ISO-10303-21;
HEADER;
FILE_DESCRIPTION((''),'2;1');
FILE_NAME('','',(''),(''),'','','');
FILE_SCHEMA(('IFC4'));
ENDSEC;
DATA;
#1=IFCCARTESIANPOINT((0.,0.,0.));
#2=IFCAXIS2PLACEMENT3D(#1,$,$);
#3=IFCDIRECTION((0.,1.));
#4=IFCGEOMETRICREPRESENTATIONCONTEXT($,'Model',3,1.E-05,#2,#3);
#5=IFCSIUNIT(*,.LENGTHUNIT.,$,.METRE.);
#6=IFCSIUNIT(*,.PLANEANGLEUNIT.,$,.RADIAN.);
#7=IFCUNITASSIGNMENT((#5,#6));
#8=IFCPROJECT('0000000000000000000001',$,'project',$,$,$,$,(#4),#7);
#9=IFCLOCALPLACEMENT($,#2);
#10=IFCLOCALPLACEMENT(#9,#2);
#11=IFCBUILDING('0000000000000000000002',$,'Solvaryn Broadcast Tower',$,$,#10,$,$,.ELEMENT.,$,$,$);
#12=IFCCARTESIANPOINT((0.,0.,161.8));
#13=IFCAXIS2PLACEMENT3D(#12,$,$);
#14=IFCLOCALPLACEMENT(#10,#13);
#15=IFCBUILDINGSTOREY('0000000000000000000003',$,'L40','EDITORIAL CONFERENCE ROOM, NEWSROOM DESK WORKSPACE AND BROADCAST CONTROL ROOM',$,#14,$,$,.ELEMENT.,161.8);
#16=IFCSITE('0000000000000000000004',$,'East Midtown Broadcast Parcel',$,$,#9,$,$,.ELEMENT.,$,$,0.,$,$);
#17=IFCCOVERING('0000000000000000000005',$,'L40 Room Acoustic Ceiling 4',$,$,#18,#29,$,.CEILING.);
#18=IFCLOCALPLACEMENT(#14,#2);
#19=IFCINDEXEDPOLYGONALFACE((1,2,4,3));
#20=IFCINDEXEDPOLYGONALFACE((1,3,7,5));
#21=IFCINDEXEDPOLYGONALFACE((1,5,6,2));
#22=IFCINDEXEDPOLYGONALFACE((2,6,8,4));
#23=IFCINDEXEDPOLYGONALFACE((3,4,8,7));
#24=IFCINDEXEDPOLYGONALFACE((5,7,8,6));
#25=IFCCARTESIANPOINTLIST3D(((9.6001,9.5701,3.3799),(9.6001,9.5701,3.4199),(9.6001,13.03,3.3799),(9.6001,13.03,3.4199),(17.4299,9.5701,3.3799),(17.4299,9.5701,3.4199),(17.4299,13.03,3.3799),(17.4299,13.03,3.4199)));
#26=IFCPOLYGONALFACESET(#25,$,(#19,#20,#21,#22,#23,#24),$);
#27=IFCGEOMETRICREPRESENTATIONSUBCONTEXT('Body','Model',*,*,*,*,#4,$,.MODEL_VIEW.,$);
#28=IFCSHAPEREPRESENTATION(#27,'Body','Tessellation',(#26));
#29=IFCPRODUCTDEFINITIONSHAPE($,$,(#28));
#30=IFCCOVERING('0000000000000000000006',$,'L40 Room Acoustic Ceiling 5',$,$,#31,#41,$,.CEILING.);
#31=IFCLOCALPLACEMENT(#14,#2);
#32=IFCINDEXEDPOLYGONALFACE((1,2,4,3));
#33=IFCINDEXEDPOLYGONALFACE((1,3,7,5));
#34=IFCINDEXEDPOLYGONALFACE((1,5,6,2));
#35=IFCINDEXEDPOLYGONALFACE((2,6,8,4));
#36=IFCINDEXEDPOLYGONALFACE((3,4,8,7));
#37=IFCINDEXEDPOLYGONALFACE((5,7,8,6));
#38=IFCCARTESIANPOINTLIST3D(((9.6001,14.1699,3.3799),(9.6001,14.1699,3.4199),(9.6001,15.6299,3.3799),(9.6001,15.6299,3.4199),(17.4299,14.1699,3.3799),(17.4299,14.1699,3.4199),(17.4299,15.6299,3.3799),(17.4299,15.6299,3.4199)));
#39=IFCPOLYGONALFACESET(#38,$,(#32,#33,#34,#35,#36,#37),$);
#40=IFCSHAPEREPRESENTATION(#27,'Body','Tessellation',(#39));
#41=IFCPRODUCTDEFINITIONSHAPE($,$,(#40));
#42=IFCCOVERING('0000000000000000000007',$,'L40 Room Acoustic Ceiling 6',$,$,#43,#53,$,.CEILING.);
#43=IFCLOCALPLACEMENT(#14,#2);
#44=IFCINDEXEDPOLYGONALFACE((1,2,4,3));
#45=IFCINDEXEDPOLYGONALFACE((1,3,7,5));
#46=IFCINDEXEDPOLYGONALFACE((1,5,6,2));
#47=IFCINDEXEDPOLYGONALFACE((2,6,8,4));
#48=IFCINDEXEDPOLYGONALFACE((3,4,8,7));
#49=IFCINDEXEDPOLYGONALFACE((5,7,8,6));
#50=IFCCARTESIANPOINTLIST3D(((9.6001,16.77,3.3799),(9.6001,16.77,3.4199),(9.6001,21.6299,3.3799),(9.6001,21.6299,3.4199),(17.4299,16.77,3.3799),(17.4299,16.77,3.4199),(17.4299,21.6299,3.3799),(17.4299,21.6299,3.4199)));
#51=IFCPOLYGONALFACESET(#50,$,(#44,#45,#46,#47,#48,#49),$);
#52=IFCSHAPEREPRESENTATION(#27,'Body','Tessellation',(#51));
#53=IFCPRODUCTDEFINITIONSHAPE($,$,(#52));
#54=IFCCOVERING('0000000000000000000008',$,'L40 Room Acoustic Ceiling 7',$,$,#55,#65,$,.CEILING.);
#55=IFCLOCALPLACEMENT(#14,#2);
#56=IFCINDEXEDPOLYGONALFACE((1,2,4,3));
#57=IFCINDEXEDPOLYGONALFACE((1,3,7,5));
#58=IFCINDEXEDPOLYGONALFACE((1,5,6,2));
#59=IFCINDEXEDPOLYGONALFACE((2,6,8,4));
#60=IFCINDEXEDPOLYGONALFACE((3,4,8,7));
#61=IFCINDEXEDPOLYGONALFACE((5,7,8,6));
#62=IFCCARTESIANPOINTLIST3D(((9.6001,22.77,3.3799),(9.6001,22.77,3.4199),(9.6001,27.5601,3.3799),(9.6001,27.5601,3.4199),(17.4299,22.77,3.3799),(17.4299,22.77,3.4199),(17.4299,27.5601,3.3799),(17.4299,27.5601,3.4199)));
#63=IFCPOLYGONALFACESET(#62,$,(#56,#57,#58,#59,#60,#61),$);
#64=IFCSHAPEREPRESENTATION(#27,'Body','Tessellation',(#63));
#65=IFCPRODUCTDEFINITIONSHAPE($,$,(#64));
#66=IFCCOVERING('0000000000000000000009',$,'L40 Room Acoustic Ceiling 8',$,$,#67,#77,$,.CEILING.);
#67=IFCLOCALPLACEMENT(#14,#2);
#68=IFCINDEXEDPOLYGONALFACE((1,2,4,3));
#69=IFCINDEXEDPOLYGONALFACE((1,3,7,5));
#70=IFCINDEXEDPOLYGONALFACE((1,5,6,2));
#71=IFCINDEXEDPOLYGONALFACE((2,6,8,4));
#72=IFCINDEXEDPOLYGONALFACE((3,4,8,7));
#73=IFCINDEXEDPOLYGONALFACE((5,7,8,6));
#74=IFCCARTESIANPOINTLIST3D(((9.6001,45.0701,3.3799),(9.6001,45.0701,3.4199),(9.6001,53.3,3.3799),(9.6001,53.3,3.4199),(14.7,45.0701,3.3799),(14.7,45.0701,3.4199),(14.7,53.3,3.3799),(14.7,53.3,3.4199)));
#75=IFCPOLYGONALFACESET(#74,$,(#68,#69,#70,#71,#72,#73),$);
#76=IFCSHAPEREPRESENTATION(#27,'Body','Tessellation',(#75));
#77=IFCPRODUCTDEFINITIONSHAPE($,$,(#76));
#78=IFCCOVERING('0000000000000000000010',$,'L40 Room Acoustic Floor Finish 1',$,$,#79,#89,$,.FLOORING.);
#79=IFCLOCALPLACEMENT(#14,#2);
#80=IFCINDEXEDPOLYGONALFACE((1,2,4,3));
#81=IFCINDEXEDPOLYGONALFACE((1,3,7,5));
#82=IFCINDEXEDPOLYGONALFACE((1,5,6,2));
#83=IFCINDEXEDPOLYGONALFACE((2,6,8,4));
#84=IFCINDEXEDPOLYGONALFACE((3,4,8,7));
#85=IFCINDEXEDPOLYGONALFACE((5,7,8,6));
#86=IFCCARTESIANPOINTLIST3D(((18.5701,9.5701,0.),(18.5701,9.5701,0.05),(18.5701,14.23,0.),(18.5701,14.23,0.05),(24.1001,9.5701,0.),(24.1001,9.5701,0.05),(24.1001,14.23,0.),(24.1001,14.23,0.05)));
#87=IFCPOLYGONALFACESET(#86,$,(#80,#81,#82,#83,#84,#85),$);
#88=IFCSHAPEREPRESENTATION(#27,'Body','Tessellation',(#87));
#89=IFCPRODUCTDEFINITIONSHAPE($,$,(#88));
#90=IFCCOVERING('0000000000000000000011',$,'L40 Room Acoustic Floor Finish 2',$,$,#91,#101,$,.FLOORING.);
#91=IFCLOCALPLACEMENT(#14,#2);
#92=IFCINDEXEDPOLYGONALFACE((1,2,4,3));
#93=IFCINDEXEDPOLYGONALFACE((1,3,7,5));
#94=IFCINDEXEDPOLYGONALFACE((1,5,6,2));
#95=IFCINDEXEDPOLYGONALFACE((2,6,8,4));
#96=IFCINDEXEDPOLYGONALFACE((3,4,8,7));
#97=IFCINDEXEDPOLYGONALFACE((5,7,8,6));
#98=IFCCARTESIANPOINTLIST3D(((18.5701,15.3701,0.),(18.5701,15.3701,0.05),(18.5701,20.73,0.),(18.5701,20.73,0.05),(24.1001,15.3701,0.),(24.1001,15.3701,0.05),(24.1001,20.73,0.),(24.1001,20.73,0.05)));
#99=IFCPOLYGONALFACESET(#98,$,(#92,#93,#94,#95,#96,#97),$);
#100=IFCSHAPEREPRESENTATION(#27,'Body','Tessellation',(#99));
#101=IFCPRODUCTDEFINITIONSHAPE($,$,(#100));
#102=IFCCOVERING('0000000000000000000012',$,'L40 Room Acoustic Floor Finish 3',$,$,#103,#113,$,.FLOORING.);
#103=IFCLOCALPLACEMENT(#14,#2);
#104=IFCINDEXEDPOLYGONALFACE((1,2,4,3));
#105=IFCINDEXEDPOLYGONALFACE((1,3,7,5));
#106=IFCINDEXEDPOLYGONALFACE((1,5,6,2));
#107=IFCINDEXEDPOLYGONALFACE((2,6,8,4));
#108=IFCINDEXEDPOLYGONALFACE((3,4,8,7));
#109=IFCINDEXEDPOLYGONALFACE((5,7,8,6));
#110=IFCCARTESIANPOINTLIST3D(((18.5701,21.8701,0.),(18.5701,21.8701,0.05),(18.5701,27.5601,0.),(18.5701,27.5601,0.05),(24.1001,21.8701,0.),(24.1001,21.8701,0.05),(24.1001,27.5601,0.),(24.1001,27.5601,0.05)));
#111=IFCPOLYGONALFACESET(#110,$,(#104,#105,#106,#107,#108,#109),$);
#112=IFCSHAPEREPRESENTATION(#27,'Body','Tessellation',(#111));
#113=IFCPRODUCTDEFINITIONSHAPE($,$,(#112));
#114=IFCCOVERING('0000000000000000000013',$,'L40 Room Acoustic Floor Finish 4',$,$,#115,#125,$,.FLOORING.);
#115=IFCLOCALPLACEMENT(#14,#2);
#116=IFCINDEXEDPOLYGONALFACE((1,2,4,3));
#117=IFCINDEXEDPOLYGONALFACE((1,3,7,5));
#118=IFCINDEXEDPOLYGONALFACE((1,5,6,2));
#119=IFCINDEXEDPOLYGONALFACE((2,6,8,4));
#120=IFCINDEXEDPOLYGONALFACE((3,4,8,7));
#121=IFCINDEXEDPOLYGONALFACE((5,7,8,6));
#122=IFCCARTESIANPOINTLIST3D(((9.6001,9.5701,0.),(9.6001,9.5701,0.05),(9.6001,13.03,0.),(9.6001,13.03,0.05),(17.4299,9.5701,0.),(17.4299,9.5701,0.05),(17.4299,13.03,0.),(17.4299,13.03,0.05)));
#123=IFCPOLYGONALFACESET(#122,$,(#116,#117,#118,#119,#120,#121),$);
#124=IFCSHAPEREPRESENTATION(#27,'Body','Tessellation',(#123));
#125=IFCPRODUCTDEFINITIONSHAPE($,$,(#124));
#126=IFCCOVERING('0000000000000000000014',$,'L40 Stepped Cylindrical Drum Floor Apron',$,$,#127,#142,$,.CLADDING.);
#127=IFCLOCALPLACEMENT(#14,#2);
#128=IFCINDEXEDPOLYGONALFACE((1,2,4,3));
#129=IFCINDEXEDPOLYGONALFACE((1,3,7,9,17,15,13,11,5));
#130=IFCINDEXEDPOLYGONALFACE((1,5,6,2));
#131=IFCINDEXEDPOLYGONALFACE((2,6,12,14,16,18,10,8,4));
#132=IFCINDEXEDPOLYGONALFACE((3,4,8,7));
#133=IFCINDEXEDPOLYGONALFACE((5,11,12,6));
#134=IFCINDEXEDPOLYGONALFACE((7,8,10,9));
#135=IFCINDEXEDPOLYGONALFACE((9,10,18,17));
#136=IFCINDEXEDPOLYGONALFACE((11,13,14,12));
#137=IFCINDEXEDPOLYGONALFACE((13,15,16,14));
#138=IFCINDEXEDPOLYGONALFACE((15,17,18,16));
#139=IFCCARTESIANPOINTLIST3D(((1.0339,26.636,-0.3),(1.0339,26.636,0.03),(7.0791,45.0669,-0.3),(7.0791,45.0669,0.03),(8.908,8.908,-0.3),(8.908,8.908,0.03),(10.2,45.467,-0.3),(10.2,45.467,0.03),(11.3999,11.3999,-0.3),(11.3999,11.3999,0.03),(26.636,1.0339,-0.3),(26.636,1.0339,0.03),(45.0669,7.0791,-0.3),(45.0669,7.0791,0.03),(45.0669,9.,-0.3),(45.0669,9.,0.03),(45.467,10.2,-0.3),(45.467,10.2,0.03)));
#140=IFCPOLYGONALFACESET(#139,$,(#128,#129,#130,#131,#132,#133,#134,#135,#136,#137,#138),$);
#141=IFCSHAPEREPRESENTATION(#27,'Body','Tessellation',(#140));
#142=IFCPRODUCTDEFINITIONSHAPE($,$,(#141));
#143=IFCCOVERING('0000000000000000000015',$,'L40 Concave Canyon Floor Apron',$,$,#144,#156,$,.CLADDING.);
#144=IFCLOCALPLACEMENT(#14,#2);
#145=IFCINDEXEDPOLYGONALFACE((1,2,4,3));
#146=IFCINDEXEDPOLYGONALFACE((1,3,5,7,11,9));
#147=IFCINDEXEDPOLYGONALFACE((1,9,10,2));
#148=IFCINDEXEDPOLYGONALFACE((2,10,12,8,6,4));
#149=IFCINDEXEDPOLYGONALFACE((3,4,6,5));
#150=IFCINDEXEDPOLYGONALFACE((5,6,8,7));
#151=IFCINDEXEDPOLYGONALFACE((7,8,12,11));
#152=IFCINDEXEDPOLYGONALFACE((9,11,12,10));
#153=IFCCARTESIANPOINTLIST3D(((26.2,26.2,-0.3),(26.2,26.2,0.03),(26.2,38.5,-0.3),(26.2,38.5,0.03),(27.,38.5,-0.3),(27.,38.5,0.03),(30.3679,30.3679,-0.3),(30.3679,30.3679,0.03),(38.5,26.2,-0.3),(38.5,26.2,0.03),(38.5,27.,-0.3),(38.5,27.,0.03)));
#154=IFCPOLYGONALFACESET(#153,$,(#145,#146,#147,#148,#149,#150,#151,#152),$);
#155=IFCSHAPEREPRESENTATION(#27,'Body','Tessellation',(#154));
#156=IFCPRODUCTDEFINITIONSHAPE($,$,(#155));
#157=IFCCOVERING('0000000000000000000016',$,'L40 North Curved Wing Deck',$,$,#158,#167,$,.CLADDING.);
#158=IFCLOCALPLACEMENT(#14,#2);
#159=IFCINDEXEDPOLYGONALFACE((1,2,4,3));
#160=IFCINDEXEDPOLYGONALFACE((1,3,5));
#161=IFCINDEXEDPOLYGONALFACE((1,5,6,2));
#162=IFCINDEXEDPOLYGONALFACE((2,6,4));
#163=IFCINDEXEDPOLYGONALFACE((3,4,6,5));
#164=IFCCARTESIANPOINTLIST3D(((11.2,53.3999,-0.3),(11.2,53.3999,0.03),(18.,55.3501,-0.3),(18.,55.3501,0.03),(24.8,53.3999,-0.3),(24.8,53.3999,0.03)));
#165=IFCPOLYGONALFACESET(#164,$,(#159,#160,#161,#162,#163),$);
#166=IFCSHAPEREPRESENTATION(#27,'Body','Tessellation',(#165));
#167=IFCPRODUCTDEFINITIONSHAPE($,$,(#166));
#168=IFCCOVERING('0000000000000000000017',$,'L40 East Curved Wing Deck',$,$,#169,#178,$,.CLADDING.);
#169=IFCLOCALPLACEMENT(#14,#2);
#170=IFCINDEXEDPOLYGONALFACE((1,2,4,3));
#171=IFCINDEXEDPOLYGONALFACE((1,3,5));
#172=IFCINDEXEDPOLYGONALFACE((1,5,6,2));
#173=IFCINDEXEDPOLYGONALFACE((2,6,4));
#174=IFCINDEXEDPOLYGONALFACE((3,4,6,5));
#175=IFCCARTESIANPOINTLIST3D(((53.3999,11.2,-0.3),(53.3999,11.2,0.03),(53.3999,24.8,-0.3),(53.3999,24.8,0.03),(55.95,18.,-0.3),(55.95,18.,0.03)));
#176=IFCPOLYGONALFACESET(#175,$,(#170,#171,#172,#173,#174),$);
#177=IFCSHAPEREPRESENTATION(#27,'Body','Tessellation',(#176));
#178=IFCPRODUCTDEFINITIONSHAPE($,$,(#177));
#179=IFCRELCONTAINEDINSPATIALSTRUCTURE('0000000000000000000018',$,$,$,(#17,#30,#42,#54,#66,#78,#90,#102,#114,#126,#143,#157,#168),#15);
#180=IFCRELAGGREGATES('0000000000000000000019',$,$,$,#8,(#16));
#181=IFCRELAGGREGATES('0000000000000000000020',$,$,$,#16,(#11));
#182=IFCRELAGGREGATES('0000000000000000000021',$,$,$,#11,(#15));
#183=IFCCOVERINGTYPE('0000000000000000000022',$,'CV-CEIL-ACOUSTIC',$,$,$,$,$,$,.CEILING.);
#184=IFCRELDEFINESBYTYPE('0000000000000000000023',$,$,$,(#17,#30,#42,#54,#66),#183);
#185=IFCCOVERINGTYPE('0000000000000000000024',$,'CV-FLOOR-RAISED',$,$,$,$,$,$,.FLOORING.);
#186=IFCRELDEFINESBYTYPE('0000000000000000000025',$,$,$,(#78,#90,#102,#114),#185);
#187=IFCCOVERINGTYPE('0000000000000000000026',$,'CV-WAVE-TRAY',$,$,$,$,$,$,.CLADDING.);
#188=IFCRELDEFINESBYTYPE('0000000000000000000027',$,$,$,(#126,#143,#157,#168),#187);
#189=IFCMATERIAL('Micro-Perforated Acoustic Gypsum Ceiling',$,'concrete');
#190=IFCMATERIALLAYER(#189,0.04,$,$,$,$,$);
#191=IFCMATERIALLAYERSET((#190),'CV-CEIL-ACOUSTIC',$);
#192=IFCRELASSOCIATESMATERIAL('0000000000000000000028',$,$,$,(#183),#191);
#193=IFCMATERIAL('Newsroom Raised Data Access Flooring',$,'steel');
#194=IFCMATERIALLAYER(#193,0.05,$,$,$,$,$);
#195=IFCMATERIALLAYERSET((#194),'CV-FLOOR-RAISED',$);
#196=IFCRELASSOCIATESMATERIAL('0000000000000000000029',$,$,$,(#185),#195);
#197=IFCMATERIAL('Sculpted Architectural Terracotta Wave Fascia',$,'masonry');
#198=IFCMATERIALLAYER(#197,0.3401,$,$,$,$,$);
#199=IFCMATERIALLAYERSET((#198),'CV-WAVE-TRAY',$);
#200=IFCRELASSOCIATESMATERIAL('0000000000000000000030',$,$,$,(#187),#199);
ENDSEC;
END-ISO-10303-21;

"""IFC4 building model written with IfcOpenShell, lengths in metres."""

from ifc_helpers import new_model, si_unit, direction, frame, origin, place, context, subcontext, project, spatial, polyline, outline, extrude, material, layer, layer_set, type_object, element, save


model = new_model("IFC4")

# Units and contexts
model_context = context("Model", 3, precision=1e-05, world=origin(), true_north=direction((0.0, 1.0)))
body_context = subcontext(model_context, "Body", "Model", "MODEL_VIEW")
ifc_project = project(units=[si_unit("LENGTHUNIT", "METRE"), si_unit("PLANEANGLEUNIT", "RADIAN")], contexts=[model_context])

# Site, building, storey
site_placement = place(None, origin())
site = spatial("IfcSite", under=ifc_project, at=site_placement, Name="East Midtown Broadcast Parcel", CompositionType="ELEMENT", RefElevation=0.0)
building_placement = place(site_placement, origin())
building = spatial("IfcBuilding", under=site, at=building_placement, Name="Solvaryn Broadcast Tower", CompositionType="ELEMENT")
storey_placement = place(building_placement, frame((0.0, 0.0, 161.8)))
storey = spatial("IfcBuildingStorey", under=building, at=storey_placement, Name="L40", Description="EDITORIAL CONFERENCE ROOM, NEWSROOM DESK WORKSPACE AND BROADCAST CONTROL ROOM", CompositionType="ELEMENT", Elevation=161.8)

# Coverings
ifc_material_1 = material(Name="Micro-Perforated Acoustic Gypsum Ceiling", Category="concrete")
ifc_layer_1 = layer(ifc_material_1, 0.04)
ifc_layer_set_1 = layer_set([ifc_layer_1], Name="CV-CEIL-ACOUSTIC")
covering_type_1 = type_object("IfcCoveringType", Name="CV-CEIL-ACOUSTIC", PredefinedType="CEILING", material=ifc_layer_set_1)
covering_1_placement = place(storey_placement, frame((0.0, 0.0, 3.3799)))
element("IfcCovering", 1, at=covering_1_placement, inside=storey, type_object=covering_type_1, Name="L40 Room Acoustic Ceiling 4", PredefinedType="CEILING", context=body_context, shape_type="SweptSolid", body=[
    extrude(outline(polyline([(9.6001, 9.5701), (17.4299, 9.5701), (17.4299, 13.03), (9.6001, 13.03), (9.6001, 9.5701)])), origin(), (0.0, 0.0, 1.0), 0.04),
])
covering_2_placement = place(storey_placement, frame((0.0, 0.0, 3.3799)))
element("IfcCovering", 2, at=covering_2_placement, inside=storey, type_object=covering_type_1, Name="L40 Room Acoustic Ceiling 5", PredefinedType="CEILING", context=body_context, shape_type="SweptSolid", body=[
    extrude(outline(polyline([(9.6001, 14.1699), (17.4299, 14.1699), (17.4299, 15.6299), (9.6001, 15.6299), (9.6001, 14.1699)])), origin(), (0.0, 0.0, 1.0), 0.04),
])
covering_3_placement = place(storey_placement, frame((0.0, 0.0, 3.3799)))
element("IfcCovering", 3, at=covering_3_placement, inside=storey, type_object=covering_type_1, Name="L40 Room Acoustic Ceiling 6", PredefinedType="CEILING", context=body_context, shape_type="SweptSolid", body=[
    extrude(outline(polyline([(9.6001, 16.77), (17.4299, 16.77), (17.4299, 21.6299), (9.6001, 21.6299), (9.6001, 16.77)])), origin(), (0.0, 0.0, 1.0), 0.04),
])
covering_4_placement = place(storey_placement, frame((0.0, 0.0, 3.3799)))
element("IfcCovering", 4, at=covering_4_placement, inside=storey, type_object=covering_type_1, Name="L40 Room Acoustic Ceiling 7", PredefinedType="CEILING", context=body_context, shape_type="SweptSolid", body=[
    extrude(outline(polyline([(9.6001, 22.77), (17.4299, 22.77), (17.4299, 27.5601), (9.6001, 27.5601), (9.6001, 22.77)])), origin(), (0.0, 0.0, 1.0), 0.04),
])
covering_5_placement = place(storey_placement, frame((0.0, 0.0, 3.3799)))
element("IfcCovering", 5, at=covering_5_placement, inside=storey, type_object=covering_type_1, Name="L40 Room Acoustic Ceiling 8", PredefinedType="CEILING", context=body_context, shape_type="SweptSolid", body=[
    extrude(outline(polyline([(9.6001, 45.0701), (14.7, 45.0701), (14.7, 53.3), (9.6001, 53.3), (9.6001, 45.0701)])), origin(), (0.0, 0.0, 1.0), 0.04),
])
ifc_material_2 = material(Name="Newsroom Raised Data Access Flooring", Category="steel")
ifc_layer_2 = layer(ifc_material_2, 0.05)
ifc_layer_set_2 = layer_set([ifc_layer_2], Name="CV-FLOOR-RAISED")
covering_type_2 = type_object("IfcCoveringType", Name="CV-FLOOR-RAISED", PredefinedType="FLOORING", material=ifc_layer_set_2)
covering_6_placement = place(storey_placement, origin())
element("IfcCovering", 6, at=covering_6_placement, inside=storey, type_object=covering_type_2, Name="L40 Room Acoustic Floor Finish 1", PredefinedType="FLOORING", context=body_context, shape_type="SweptSolid", body=[
    extrude(outline(polyline([(18.5701, 9.5701), (24.1001, 9.5701), (24.1001, 14.23), (18.5701, 14.23), (18.5701, 9.5701)])), origin(), (0.0, 0.0, 1.0), 0.05),
])
covering_7_placement = place(storey_placement, origin())
element("IfcCovering", 7, at=covering_7_placement, inside=storey, type_object=covering_type_2, Name="L40 Room Acoustic Floor Finish 2", PredefinedType="FLOORING", context=body_context, shape_type="SweptSolid", body=[
    extrude(outline(polyline([(18.5701, 15.3701), (24.1001, 15.3701), (24.1001, 20.73), (18.5701, 20.73), (18.5701, 15.3701)])), origin(), (0.0, 0.0, 1.0), 0.05),
])
covering_8_placement = place(storey_placement, origin())
element("IfcCovering", 8, at=covering_8_placement, inside=storey, type_object=covering_type_2, Name="L40 Room Acoustic Floor Finish 3", PredefinedType="FLOORING", context=body_context, shape_type="SweptSolid", body=[
    extrude(outline(polyline([(18.5701, 21.8701), (24.1001, 21.8701), (24.1001, 27.5601), (18.5701, 27.5601), (18.5701, 21.8701)])), origin(), (0.0, 0.0, 1.0), 0.05),
])
covering_9_placement = place(storey_placement, origin())
element("IfcCovering", 9, at=covering_9_placement, inside=storey, type_object=covering_type_2, Name="L40 Room Acoustic Floor Finish 4", PredefinedType="FLOORING", context=body_context, shape_type="SweptSolid", body=[
    extrude(outline(polyline([(9.6001, 9.5701), (17.4299, 9.5701), (17.4299, 13.03), (9.6001, 13.03), (9.6001, 9.5701)])), origin(), (0.0, 0.0, 1.0), 0.05),
])
ifc_material_3 = material(Name="Sculpted Architectural Terracotta Wave Fascia", Category="masonry")
ifc_layer_3 = layer(ifc_material_3, 0.3401)
ifc_layer_set_3 = layer_set([ifc_layer_3], Name="CV-WAVE-TRAY")
covering_type_3 = type_object("IfcCoveringType", Name="CV-WAVE-TRAY", PredefinedType="CLADDING", material=ifc_layer_set_3)
covering_10_placement = place(storey_placement, frame((0.0, 0.0, -0.3)))
element("IfcCovering", 10, at=covering_10_placement, inside=storey, type_object=covering_type_3, Name="L40 Stepped Cylindrical Drum Floor Apron", PredefinedType="CLADDING", context=body_context, shape_type="SweptSolid", body=[
    extrude(outline(polyline([(10.2, 45.467), (7.0791, 45.0669), (1.0339, 26.636), (8.908, 8.908), (26.636, 1.0339), (45.0669, 7.0791), (45.0669, 9.0), (45.467, 10.2), (11.3999, 11.3999), (10.2, 45.467)])), origin(), (0.0, 0.0, 1.0), 0.3301),
])
covering_11_placement = place(storey_placement, frame((0.0, 0.0, -0.3)))
element("IfcCovering", 11, at=covering_11_placement, inside=storey, type_object=covering_type_3, Name="L40 Concave Canyon Floor Apron", PredefinedType="CLADDING", context=body_context, shape_type="SweptSolid", body=[
    extrude(outline(polyline([(26.2, 26.2), (38.5, 26.2), (38.5, 27.0), (30.3679, 30.3679), (27.0, 38.5), (26.2, 38.5), (26.2, 26.2)])), origin(), (0.0, 0.0, 1.0), 0.3301),
])
covering_12_placement = place(storey_placement, frame((0.0, 0.0, -0.3)))
element("IfcCovering", 12, at=covering_12_placement, inside=storey, type_object=covering_type_3, Name="L40 North Curved Wing Deck", PredefinedType="CLADDING", context=body_context, shape_type="SweptSolid", body=[
    extrude(outline(polyline([(11.2, 53.3999), (24.8, 53.3999), (18.0, 55.3501), (11.2, 53.3999)])), origin(), (0.0, 0.0, 1.0), 0.3301),
])
covering_13_placement = place(storey_placement, frame((0.0, 0.0, -0.3)))
element("IfcCovering", 13, at=covering_13_placement, inside=storey, type_object=covering_type_3, Name="L40 East Curved Wing Deck", PredefinedType="CLADDING", context=body_context, shape_type="SweptSolid", body=[
    extrude(outline(polyline([(53.3999, 11.2), (55.95, 18.0), (53.3999, 24.8), (53.3999, 11.2)])), origin(), (0.0, 0.0, 1.0), 0.3301),
])

save(model, "model.ifc")
